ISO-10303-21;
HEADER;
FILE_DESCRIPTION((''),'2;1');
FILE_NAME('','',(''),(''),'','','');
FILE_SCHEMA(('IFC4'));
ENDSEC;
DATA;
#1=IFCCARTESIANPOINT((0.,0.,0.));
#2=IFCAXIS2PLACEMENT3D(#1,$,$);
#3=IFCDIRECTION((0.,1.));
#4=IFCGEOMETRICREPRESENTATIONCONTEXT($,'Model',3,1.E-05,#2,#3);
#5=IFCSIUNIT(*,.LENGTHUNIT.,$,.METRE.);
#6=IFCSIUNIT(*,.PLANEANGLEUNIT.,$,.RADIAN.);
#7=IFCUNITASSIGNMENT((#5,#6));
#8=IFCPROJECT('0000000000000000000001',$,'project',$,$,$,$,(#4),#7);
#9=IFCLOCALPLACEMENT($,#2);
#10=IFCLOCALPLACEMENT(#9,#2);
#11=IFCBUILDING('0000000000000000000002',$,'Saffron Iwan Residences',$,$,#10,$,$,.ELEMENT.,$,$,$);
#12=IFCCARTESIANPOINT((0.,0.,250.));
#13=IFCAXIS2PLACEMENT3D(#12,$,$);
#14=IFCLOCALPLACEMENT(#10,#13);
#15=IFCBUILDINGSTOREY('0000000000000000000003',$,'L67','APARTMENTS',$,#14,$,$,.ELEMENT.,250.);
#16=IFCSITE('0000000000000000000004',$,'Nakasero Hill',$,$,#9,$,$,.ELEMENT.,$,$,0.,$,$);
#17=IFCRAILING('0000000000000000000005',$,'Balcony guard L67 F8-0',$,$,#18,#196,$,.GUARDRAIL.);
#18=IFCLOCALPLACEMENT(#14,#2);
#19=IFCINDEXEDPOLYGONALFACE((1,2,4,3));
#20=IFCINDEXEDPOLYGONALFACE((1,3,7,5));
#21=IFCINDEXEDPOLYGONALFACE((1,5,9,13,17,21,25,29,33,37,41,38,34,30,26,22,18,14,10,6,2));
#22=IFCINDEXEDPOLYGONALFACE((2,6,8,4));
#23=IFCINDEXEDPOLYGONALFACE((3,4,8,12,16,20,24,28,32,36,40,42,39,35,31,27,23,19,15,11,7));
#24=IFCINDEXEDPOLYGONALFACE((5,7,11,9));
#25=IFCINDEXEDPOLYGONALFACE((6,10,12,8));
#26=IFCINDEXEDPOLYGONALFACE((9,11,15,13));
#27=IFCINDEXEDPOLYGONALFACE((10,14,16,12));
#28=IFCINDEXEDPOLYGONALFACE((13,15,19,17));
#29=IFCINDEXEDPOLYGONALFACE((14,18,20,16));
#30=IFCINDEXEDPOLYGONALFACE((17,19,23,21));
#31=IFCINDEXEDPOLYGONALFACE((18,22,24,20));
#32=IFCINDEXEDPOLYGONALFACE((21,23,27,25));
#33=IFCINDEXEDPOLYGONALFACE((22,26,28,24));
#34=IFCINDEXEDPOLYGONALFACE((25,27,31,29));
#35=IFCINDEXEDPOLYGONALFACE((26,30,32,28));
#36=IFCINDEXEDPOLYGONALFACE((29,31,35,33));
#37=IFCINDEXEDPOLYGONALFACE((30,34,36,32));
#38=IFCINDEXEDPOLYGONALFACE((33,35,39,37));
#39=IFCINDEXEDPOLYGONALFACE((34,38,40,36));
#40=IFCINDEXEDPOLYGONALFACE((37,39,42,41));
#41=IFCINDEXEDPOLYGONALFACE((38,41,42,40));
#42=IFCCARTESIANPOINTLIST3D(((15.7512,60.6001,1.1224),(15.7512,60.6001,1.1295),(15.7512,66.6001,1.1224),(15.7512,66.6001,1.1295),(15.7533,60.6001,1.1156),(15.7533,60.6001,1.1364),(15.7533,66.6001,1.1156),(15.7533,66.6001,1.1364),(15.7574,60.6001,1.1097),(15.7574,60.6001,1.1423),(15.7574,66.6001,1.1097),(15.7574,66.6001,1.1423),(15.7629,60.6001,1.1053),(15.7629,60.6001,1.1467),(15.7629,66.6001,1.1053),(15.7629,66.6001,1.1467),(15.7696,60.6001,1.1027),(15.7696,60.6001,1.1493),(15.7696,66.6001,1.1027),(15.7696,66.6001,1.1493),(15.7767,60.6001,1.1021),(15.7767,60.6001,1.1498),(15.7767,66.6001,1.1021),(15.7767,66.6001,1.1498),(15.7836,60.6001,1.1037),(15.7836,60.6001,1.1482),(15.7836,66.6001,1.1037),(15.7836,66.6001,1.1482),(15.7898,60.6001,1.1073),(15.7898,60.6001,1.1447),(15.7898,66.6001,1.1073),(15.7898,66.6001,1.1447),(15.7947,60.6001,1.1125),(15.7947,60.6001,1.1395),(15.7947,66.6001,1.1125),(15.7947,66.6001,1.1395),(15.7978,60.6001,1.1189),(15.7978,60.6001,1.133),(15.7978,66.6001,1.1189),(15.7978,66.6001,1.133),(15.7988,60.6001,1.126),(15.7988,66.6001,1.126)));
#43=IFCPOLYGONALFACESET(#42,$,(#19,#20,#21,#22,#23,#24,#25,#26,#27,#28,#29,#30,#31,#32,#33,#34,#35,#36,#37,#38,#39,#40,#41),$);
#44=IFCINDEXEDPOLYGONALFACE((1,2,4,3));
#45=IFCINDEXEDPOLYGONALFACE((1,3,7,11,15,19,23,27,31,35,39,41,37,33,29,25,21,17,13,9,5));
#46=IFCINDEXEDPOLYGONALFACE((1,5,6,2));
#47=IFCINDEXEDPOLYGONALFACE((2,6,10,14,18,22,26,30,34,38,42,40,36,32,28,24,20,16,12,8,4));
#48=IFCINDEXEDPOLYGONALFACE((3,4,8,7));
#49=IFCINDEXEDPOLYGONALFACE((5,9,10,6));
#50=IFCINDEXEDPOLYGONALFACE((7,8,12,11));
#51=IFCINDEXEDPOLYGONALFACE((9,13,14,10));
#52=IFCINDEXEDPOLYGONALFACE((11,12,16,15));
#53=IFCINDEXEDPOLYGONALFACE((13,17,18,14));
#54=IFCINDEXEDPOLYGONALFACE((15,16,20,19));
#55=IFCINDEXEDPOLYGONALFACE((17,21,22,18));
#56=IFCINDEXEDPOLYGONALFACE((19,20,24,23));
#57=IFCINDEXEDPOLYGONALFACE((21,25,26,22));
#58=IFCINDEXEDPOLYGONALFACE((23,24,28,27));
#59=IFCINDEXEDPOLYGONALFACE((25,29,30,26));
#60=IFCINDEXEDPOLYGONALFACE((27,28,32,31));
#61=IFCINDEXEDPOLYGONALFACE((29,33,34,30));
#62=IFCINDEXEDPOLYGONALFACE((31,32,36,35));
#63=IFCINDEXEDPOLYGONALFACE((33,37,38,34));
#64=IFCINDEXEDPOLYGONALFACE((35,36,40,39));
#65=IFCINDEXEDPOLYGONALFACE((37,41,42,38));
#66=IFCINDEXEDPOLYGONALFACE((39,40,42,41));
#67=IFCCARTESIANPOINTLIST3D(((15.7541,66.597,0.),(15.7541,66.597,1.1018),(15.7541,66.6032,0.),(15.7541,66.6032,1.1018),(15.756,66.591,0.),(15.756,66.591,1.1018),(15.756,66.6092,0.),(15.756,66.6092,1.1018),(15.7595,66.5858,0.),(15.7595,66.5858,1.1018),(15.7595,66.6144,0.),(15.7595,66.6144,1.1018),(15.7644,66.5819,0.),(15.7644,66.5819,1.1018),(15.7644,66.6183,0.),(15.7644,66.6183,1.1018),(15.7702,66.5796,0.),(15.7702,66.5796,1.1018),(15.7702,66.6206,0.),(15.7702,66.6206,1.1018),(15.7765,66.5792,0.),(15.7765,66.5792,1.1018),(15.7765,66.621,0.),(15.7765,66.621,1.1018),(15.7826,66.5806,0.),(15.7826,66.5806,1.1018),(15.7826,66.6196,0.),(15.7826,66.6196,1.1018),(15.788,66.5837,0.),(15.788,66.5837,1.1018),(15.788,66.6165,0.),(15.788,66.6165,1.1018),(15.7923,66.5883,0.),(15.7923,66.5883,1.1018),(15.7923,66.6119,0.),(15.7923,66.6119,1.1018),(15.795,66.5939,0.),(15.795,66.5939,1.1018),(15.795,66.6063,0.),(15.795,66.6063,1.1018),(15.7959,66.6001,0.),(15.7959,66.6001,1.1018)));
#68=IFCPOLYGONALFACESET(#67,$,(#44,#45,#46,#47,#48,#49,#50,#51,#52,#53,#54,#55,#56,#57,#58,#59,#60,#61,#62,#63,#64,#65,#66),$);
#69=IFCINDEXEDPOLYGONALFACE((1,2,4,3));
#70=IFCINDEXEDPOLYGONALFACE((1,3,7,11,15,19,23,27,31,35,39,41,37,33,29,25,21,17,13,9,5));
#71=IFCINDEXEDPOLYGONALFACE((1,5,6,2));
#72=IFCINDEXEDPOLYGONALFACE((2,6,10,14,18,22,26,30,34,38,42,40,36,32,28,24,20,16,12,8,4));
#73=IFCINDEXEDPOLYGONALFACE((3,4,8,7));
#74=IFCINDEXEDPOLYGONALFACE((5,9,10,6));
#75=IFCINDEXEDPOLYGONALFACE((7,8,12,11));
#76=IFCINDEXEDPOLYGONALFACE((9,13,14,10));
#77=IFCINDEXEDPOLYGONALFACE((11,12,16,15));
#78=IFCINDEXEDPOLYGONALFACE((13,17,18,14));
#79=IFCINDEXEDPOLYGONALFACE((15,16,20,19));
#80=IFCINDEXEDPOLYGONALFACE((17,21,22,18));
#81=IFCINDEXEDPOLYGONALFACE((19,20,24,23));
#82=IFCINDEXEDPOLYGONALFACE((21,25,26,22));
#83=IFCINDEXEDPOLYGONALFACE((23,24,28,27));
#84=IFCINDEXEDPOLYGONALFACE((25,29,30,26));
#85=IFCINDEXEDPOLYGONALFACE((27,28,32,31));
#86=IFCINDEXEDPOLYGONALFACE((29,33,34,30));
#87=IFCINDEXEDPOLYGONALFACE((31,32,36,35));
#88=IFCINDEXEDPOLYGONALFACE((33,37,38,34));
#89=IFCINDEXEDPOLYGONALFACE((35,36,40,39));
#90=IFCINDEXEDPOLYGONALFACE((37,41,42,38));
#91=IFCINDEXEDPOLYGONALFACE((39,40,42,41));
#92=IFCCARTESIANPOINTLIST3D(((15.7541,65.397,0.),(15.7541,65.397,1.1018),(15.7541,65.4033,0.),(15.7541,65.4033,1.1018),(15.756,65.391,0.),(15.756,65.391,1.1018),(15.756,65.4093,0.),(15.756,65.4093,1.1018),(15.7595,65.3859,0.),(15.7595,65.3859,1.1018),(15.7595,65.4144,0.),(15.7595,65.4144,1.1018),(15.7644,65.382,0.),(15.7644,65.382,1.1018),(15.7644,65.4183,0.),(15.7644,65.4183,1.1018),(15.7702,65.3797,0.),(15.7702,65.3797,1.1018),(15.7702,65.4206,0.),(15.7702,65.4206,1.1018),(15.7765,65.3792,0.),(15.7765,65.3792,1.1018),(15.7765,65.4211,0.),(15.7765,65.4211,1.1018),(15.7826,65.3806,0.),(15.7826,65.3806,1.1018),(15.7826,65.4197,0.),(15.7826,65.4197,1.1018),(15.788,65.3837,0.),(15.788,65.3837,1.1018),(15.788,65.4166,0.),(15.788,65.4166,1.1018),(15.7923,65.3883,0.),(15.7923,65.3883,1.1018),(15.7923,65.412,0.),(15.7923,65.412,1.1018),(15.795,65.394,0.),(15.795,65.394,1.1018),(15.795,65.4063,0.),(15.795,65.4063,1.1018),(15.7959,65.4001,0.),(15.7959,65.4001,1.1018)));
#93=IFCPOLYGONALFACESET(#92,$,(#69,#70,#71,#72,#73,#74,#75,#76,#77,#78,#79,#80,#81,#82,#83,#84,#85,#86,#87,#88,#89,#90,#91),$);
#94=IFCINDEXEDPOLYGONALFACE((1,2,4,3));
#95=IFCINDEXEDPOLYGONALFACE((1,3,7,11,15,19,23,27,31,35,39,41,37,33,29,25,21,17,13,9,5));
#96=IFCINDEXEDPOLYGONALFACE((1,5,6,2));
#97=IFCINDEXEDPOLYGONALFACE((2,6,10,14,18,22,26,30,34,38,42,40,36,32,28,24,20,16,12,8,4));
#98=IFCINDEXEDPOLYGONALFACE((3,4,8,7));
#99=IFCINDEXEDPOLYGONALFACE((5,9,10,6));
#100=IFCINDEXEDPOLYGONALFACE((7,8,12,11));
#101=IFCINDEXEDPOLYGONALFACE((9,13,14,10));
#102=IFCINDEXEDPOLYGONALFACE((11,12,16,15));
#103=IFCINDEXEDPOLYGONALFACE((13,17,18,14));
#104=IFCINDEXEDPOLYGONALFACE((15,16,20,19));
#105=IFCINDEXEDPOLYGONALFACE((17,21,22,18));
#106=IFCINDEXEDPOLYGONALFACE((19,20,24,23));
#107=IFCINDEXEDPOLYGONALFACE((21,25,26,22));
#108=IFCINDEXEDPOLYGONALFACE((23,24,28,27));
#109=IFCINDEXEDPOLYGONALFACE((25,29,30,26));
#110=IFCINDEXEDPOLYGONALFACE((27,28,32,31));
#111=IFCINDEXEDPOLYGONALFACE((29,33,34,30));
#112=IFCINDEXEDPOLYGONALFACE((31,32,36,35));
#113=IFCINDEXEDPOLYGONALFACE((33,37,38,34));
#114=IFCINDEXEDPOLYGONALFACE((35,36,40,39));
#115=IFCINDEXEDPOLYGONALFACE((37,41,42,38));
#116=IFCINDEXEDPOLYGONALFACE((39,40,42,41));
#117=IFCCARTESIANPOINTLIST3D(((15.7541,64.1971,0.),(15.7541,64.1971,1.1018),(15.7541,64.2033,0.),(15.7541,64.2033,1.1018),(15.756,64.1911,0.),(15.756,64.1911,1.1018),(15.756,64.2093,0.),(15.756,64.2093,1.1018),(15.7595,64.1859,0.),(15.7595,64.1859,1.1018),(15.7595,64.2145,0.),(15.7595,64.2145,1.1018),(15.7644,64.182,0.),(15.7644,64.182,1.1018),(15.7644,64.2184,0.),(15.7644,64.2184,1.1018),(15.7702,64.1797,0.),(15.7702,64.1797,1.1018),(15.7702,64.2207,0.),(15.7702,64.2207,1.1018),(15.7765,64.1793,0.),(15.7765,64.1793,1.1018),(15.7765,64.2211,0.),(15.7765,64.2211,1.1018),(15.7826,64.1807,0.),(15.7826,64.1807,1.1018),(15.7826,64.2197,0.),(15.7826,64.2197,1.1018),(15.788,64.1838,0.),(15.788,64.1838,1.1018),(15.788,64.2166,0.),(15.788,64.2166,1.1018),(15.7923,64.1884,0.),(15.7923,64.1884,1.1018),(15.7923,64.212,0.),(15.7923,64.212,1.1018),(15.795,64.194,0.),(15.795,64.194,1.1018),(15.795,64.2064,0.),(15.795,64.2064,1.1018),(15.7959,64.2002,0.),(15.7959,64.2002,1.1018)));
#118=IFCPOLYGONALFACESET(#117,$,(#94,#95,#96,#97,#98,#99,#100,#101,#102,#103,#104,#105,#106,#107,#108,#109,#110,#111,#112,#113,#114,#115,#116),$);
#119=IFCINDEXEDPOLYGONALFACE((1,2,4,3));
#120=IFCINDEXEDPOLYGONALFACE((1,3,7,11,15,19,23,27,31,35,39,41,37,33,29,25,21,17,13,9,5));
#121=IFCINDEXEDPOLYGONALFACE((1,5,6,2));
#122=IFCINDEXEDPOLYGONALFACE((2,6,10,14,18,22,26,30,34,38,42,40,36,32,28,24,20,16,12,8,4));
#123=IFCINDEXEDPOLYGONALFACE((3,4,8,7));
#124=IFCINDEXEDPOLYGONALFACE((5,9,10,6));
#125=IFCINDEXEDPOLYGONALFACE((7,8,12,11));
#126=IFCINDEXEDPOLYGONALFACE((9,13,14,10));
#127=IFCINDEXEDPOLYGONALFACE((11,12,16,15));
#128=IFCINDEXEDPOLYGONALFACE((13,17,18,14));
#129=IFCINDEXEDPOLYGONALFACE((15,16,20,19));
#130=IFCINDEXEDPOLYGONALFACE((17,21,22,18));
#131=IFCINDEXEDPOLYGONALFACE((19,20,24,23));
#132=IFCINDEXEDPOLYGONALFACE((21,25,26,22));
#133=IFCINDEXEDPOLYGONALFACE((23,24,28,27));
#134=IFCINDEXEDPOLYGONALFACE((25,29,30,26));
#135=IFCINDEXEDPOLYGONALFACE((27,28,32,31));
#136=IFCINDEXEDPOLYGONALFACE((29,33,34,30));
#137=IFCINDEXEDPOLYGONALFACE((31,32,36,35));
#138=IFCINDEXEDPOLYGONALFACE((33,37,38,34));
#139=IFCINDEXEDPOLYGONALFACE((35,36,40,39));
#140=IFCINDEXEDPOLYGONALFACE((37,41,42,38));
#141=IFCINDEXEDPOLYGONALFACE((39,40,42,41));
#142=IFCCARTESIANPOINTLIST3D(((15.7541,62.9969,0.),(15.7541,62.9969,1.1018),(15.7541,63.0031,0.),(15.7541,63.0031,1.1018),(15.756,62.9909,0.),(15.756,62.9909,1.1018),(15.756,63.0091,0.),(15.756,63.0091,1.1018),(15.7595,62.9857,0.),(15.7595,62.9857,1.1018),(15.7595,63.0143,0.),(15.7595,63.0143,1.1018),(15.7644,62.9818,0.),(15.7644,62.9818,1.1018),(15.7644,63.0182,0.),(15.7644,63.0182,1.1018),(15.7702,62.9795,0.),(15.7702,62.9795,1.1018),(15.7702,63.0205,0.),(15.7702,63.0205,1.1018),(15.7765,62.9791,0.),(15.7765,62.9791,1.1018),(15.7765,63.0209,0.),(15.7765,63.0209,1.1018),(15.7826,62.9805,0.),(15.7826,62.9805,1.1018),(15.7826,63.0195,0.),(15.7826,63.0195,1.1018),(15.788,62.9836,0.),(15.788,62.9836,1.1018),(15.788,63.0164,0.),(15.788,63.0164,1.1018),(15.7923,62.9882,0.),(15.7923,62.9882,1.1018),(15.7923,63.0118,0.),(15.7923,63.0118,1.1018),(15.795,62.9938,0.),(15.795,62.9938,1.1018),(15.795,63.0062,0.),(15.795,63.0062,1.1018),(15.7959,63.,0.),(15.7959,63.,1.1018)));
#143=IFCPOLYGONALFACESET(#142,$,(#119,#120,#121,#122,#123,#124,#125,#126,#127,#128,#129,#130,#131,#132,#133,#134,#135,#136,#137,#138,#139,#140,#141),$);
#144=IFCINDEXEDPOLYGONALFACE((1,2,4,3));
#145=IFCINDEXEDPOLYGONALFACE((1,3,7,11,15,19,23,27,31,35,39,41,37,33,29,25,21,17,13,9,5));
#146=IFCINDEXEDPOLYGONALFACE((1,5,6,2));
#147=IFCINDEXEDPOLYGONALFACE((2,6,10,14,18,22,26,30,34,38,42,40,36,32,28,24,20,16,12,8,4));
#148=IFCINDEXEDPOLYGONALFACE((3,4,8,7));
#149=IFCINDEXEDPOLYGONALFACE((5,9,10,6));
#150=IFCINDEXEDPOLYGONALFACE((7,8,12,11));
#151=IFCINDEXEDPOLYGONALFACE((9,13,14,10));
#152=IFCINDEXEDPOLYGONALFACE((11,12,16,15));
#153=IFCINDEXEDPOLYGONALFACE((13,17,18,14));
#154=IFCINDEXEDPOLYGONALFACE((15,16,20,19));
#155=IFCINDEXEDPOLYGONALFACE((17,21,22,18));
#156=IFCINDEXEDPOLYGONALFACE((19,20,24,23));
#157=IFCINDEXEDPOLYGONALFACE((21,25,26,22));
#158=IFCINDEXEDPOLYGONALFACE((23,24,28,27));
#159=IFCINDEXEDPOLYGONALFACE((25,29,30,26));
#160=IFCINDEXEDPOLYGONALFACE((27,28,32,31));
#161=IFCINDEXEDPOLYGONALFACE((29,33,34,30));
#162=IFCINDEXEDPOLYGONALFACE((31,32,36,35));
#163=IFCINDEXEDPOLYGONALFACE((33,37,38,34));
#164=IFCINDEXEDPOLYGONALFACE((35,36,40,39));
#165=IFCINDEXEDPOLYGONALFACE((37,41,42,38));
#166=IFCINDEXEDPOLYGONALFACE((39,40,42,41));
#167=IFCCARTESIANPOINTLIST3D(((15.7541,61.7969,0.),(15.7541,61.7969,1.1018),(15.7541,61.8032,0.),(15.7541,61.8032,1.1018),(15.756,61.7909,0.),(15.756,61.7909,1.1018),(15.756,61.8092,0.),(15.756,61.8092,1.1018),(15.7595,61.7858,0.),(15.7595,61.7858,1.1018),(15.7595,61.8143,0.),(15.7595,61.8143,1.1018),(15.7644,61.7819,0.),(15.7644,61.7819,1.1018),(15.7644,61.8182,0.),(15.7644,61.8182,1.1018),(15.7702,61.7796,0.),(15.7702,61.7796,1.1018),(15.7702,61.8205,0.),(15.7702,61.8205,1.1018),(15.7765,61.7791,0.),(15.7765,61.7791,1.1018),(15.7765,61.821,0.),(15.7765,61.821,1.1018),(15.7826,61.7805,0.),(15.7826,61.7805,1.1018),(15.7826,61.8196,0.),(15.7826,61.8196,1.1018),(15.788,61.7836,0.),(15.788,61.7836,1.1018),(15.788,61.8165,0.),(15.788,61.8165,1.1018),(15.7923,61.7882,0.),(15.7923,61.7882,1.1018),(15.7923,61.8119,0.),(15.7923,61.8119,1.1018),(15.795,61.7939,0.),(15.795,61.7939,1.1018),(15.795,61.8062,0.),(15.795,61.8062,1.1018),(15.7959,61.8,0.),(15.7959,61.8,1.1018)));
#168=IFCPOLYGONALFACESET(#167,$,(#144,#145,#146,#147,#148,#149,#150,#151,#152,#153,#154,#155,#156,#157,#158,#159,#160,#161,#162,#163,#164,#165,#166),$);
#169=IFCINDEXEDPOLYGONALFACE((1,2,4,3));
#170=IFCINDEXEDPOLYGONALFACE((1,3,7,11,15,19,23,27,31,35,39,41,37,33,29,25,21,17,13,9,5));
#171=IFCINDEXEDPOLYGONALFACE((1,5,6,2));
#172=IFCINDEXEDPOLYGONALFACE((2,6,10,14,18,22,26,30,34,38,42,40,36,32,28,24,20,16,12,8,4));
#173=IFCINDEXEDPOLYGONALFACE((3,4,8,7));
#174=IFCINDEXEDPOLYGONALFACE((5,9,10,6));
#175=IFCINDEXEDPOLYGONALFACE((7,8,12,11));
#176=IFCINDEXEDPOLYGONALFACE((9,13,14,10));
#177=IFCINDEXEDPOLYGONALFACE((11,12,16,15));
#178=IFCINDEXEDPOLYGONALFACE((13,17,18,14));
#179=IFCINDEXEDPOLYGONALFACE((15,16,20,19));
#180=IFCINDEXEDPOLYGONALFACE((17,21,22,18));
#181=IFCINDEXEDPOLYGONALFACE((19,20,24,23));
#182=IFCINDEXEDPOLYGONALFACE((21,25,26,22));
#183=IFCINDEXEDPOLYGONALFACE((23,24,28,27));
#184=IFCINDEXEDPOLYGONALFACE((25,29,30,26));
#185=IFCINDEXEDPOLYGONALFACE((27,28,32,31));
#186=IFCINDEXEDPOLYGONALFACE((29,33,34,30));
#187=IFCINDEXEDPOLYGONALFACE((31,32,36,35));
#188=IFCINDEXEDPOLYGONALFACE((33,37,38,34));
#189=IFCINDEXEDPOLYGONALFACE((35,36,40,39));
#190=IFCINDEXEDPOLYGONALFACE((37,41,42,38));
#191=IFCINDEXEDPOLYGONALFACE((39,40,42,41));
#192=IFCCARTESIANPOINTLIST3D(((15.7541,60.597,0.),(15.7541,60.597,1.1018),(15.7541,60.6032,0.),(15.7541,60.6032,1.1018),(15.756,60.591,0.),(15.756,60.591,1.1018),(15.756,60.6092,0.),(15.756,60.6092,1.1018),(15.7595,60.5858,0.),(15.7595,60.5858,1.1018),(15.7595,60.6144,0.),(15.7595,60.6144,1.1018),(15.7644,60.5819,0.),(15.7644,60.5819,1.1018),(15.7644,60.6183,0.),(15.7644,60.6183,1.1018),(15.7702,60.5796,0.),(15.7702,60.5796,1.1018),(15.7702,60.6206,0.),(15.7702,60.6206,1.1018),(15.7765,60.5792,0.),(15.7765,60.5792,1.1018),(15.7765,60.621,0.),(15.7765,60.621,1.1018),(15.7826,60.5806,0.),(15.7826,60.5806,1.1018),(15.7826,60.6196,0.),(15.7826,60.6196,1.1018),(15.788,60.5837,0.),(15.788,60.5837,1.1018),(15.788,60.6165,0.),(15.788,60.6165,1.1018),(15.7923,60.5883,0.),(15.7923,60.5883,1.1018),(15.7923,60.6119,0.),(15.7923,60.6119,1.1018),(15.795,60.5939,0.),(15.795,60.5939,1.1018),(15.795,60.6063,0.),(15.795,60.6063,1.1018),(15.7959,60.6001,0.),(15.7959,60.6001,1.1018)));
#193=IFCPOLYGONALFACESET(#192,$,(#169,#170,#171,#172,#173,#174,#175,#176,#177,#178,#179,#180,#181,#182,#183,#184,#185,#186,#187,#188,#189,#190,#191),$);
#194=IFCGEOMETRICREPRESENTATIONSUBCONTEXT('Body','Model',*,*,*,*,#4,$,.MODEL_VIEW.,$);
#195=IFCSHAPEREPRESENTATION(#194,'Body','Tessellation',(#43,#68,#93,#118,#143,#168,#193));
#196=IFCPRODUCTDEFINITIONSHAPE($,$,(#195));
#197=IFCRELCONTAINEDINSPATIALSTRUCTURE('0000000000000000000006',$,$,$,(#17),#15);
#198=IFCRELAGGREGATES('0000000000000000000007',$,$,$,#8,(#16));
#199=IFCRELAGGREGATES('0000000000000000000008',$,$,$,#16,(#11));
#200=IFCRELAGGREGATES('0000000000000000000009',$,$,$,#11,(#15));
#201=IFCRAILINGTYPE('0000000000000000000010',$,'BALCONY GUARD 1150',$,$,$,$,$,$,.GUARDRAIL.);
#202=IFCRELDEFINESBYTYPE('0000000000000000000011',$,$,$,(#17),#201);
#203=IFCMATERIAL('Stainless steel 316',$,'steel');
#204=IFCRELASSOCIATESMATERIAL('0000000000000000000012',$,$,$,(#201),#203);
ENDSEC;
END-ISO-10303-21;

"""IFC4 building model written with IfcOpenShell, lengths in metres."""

from ifc_helpers import new_model, si_unit, direction, frame, origin, origin_2d, place, context, subcontext, project, spatial, circle, extrude, material, type_object, element, save


model = new_model("IFC4")

# Units and contexts
model_context = context("Model", 3, precision=1e-05, world=origin(), true_north=direction((0.0, 1.0)))
body_context = subcontext(model_context, "Body", "Model", "MODEL_VIEW")
ifc_project = project(units=[si_unit("LENGTHUNIT", "METRE"), si_unit("PLANEANGLEUNIT", "RADIAN")], contexts=[model_context])

# Site, building, storey
site_placement = place(None, origin())
site = spatial("IfcSite", under=ifc_project, at=site_placement, Name="Nakasero Hill", CompositionType="ELEMENT", RefElevation=0.0)
building_placement = place(site_placement, origin())
building = spatial("IfcBuilding", under=site, at=building_placement, Name="Saffron Iwan Residences", CompositionType="ELEMENT")
storey_placement = place(building_placement, frame((0.0, 0.0, 250.0)))
storey = spatial("IfcBuildingStorey", under=building, at=storey_placement, Name="L67", Description="APARTMENTS", CompositionType="ELEMENT", Elevation=250.0)

# Railing
ifc_material_1 = material(Name="Stainless steel 316", Category="steel")
railing_type = type_object("IfcRailingType", Name="BALCONY GUARD 1150", PredefinedType="GUARDRAIL", material=ifc_material_1)
railing_placement = place(storey_placement, frame((15.7749, 66.6001, 0.0)))
element("IfcRailing", 1, at=railing_placement, inside=storey, type_object=railing_type, Name="Balcony guard L67 F8-0", PredefinedType="GUARDRAIL", context=body_context, shape_type="SweptSolid", body=[
    extrude(circle(Radius=0.0239, at=origin_2d()), frame((0.0, 0.0, 1.126), z_axis=(0.0, -1.0, 0.0), x_axis=(1.0, 0.0, 0.0)), (0.0, 0.0, 1.0), 6.0),
    extrude(circle(Radius=0.021, at=origin_2d()), origin(), (0.0, 0.0, 1.0), 1.1018),
    extrude(circle(Radius=0.021, at=origin_2d()), frame((0.0, -1.2, 0.0)), (0.0, 0.0, 1.0), 1.1018),
    extrude(circle(Radius=0.021, at=origin_2d()), frame((0.0, -2.3999, 0.0)), (0.0, 0.0, 1.0), 1.1018),
    extrude(circle(Radius=0.021, at=origin_2d()), frame((0.0, -3.6001, 0.0)), (0.0, 0.0, 1.0), 1.1018),
    extrude(circle(Radius=0.021, at=origin_2d()), frame((0.0, -4.8, 0.0)), (0.0, 0.0, 1.0), 1.1018),
    extrude(circle(Radius=0.021, at=origin_2d()), frame((0.0, -6.0, 0.0)), (0.0, 0.0, 1.0), 1.1018),
])

save(model, "model.ifc")
